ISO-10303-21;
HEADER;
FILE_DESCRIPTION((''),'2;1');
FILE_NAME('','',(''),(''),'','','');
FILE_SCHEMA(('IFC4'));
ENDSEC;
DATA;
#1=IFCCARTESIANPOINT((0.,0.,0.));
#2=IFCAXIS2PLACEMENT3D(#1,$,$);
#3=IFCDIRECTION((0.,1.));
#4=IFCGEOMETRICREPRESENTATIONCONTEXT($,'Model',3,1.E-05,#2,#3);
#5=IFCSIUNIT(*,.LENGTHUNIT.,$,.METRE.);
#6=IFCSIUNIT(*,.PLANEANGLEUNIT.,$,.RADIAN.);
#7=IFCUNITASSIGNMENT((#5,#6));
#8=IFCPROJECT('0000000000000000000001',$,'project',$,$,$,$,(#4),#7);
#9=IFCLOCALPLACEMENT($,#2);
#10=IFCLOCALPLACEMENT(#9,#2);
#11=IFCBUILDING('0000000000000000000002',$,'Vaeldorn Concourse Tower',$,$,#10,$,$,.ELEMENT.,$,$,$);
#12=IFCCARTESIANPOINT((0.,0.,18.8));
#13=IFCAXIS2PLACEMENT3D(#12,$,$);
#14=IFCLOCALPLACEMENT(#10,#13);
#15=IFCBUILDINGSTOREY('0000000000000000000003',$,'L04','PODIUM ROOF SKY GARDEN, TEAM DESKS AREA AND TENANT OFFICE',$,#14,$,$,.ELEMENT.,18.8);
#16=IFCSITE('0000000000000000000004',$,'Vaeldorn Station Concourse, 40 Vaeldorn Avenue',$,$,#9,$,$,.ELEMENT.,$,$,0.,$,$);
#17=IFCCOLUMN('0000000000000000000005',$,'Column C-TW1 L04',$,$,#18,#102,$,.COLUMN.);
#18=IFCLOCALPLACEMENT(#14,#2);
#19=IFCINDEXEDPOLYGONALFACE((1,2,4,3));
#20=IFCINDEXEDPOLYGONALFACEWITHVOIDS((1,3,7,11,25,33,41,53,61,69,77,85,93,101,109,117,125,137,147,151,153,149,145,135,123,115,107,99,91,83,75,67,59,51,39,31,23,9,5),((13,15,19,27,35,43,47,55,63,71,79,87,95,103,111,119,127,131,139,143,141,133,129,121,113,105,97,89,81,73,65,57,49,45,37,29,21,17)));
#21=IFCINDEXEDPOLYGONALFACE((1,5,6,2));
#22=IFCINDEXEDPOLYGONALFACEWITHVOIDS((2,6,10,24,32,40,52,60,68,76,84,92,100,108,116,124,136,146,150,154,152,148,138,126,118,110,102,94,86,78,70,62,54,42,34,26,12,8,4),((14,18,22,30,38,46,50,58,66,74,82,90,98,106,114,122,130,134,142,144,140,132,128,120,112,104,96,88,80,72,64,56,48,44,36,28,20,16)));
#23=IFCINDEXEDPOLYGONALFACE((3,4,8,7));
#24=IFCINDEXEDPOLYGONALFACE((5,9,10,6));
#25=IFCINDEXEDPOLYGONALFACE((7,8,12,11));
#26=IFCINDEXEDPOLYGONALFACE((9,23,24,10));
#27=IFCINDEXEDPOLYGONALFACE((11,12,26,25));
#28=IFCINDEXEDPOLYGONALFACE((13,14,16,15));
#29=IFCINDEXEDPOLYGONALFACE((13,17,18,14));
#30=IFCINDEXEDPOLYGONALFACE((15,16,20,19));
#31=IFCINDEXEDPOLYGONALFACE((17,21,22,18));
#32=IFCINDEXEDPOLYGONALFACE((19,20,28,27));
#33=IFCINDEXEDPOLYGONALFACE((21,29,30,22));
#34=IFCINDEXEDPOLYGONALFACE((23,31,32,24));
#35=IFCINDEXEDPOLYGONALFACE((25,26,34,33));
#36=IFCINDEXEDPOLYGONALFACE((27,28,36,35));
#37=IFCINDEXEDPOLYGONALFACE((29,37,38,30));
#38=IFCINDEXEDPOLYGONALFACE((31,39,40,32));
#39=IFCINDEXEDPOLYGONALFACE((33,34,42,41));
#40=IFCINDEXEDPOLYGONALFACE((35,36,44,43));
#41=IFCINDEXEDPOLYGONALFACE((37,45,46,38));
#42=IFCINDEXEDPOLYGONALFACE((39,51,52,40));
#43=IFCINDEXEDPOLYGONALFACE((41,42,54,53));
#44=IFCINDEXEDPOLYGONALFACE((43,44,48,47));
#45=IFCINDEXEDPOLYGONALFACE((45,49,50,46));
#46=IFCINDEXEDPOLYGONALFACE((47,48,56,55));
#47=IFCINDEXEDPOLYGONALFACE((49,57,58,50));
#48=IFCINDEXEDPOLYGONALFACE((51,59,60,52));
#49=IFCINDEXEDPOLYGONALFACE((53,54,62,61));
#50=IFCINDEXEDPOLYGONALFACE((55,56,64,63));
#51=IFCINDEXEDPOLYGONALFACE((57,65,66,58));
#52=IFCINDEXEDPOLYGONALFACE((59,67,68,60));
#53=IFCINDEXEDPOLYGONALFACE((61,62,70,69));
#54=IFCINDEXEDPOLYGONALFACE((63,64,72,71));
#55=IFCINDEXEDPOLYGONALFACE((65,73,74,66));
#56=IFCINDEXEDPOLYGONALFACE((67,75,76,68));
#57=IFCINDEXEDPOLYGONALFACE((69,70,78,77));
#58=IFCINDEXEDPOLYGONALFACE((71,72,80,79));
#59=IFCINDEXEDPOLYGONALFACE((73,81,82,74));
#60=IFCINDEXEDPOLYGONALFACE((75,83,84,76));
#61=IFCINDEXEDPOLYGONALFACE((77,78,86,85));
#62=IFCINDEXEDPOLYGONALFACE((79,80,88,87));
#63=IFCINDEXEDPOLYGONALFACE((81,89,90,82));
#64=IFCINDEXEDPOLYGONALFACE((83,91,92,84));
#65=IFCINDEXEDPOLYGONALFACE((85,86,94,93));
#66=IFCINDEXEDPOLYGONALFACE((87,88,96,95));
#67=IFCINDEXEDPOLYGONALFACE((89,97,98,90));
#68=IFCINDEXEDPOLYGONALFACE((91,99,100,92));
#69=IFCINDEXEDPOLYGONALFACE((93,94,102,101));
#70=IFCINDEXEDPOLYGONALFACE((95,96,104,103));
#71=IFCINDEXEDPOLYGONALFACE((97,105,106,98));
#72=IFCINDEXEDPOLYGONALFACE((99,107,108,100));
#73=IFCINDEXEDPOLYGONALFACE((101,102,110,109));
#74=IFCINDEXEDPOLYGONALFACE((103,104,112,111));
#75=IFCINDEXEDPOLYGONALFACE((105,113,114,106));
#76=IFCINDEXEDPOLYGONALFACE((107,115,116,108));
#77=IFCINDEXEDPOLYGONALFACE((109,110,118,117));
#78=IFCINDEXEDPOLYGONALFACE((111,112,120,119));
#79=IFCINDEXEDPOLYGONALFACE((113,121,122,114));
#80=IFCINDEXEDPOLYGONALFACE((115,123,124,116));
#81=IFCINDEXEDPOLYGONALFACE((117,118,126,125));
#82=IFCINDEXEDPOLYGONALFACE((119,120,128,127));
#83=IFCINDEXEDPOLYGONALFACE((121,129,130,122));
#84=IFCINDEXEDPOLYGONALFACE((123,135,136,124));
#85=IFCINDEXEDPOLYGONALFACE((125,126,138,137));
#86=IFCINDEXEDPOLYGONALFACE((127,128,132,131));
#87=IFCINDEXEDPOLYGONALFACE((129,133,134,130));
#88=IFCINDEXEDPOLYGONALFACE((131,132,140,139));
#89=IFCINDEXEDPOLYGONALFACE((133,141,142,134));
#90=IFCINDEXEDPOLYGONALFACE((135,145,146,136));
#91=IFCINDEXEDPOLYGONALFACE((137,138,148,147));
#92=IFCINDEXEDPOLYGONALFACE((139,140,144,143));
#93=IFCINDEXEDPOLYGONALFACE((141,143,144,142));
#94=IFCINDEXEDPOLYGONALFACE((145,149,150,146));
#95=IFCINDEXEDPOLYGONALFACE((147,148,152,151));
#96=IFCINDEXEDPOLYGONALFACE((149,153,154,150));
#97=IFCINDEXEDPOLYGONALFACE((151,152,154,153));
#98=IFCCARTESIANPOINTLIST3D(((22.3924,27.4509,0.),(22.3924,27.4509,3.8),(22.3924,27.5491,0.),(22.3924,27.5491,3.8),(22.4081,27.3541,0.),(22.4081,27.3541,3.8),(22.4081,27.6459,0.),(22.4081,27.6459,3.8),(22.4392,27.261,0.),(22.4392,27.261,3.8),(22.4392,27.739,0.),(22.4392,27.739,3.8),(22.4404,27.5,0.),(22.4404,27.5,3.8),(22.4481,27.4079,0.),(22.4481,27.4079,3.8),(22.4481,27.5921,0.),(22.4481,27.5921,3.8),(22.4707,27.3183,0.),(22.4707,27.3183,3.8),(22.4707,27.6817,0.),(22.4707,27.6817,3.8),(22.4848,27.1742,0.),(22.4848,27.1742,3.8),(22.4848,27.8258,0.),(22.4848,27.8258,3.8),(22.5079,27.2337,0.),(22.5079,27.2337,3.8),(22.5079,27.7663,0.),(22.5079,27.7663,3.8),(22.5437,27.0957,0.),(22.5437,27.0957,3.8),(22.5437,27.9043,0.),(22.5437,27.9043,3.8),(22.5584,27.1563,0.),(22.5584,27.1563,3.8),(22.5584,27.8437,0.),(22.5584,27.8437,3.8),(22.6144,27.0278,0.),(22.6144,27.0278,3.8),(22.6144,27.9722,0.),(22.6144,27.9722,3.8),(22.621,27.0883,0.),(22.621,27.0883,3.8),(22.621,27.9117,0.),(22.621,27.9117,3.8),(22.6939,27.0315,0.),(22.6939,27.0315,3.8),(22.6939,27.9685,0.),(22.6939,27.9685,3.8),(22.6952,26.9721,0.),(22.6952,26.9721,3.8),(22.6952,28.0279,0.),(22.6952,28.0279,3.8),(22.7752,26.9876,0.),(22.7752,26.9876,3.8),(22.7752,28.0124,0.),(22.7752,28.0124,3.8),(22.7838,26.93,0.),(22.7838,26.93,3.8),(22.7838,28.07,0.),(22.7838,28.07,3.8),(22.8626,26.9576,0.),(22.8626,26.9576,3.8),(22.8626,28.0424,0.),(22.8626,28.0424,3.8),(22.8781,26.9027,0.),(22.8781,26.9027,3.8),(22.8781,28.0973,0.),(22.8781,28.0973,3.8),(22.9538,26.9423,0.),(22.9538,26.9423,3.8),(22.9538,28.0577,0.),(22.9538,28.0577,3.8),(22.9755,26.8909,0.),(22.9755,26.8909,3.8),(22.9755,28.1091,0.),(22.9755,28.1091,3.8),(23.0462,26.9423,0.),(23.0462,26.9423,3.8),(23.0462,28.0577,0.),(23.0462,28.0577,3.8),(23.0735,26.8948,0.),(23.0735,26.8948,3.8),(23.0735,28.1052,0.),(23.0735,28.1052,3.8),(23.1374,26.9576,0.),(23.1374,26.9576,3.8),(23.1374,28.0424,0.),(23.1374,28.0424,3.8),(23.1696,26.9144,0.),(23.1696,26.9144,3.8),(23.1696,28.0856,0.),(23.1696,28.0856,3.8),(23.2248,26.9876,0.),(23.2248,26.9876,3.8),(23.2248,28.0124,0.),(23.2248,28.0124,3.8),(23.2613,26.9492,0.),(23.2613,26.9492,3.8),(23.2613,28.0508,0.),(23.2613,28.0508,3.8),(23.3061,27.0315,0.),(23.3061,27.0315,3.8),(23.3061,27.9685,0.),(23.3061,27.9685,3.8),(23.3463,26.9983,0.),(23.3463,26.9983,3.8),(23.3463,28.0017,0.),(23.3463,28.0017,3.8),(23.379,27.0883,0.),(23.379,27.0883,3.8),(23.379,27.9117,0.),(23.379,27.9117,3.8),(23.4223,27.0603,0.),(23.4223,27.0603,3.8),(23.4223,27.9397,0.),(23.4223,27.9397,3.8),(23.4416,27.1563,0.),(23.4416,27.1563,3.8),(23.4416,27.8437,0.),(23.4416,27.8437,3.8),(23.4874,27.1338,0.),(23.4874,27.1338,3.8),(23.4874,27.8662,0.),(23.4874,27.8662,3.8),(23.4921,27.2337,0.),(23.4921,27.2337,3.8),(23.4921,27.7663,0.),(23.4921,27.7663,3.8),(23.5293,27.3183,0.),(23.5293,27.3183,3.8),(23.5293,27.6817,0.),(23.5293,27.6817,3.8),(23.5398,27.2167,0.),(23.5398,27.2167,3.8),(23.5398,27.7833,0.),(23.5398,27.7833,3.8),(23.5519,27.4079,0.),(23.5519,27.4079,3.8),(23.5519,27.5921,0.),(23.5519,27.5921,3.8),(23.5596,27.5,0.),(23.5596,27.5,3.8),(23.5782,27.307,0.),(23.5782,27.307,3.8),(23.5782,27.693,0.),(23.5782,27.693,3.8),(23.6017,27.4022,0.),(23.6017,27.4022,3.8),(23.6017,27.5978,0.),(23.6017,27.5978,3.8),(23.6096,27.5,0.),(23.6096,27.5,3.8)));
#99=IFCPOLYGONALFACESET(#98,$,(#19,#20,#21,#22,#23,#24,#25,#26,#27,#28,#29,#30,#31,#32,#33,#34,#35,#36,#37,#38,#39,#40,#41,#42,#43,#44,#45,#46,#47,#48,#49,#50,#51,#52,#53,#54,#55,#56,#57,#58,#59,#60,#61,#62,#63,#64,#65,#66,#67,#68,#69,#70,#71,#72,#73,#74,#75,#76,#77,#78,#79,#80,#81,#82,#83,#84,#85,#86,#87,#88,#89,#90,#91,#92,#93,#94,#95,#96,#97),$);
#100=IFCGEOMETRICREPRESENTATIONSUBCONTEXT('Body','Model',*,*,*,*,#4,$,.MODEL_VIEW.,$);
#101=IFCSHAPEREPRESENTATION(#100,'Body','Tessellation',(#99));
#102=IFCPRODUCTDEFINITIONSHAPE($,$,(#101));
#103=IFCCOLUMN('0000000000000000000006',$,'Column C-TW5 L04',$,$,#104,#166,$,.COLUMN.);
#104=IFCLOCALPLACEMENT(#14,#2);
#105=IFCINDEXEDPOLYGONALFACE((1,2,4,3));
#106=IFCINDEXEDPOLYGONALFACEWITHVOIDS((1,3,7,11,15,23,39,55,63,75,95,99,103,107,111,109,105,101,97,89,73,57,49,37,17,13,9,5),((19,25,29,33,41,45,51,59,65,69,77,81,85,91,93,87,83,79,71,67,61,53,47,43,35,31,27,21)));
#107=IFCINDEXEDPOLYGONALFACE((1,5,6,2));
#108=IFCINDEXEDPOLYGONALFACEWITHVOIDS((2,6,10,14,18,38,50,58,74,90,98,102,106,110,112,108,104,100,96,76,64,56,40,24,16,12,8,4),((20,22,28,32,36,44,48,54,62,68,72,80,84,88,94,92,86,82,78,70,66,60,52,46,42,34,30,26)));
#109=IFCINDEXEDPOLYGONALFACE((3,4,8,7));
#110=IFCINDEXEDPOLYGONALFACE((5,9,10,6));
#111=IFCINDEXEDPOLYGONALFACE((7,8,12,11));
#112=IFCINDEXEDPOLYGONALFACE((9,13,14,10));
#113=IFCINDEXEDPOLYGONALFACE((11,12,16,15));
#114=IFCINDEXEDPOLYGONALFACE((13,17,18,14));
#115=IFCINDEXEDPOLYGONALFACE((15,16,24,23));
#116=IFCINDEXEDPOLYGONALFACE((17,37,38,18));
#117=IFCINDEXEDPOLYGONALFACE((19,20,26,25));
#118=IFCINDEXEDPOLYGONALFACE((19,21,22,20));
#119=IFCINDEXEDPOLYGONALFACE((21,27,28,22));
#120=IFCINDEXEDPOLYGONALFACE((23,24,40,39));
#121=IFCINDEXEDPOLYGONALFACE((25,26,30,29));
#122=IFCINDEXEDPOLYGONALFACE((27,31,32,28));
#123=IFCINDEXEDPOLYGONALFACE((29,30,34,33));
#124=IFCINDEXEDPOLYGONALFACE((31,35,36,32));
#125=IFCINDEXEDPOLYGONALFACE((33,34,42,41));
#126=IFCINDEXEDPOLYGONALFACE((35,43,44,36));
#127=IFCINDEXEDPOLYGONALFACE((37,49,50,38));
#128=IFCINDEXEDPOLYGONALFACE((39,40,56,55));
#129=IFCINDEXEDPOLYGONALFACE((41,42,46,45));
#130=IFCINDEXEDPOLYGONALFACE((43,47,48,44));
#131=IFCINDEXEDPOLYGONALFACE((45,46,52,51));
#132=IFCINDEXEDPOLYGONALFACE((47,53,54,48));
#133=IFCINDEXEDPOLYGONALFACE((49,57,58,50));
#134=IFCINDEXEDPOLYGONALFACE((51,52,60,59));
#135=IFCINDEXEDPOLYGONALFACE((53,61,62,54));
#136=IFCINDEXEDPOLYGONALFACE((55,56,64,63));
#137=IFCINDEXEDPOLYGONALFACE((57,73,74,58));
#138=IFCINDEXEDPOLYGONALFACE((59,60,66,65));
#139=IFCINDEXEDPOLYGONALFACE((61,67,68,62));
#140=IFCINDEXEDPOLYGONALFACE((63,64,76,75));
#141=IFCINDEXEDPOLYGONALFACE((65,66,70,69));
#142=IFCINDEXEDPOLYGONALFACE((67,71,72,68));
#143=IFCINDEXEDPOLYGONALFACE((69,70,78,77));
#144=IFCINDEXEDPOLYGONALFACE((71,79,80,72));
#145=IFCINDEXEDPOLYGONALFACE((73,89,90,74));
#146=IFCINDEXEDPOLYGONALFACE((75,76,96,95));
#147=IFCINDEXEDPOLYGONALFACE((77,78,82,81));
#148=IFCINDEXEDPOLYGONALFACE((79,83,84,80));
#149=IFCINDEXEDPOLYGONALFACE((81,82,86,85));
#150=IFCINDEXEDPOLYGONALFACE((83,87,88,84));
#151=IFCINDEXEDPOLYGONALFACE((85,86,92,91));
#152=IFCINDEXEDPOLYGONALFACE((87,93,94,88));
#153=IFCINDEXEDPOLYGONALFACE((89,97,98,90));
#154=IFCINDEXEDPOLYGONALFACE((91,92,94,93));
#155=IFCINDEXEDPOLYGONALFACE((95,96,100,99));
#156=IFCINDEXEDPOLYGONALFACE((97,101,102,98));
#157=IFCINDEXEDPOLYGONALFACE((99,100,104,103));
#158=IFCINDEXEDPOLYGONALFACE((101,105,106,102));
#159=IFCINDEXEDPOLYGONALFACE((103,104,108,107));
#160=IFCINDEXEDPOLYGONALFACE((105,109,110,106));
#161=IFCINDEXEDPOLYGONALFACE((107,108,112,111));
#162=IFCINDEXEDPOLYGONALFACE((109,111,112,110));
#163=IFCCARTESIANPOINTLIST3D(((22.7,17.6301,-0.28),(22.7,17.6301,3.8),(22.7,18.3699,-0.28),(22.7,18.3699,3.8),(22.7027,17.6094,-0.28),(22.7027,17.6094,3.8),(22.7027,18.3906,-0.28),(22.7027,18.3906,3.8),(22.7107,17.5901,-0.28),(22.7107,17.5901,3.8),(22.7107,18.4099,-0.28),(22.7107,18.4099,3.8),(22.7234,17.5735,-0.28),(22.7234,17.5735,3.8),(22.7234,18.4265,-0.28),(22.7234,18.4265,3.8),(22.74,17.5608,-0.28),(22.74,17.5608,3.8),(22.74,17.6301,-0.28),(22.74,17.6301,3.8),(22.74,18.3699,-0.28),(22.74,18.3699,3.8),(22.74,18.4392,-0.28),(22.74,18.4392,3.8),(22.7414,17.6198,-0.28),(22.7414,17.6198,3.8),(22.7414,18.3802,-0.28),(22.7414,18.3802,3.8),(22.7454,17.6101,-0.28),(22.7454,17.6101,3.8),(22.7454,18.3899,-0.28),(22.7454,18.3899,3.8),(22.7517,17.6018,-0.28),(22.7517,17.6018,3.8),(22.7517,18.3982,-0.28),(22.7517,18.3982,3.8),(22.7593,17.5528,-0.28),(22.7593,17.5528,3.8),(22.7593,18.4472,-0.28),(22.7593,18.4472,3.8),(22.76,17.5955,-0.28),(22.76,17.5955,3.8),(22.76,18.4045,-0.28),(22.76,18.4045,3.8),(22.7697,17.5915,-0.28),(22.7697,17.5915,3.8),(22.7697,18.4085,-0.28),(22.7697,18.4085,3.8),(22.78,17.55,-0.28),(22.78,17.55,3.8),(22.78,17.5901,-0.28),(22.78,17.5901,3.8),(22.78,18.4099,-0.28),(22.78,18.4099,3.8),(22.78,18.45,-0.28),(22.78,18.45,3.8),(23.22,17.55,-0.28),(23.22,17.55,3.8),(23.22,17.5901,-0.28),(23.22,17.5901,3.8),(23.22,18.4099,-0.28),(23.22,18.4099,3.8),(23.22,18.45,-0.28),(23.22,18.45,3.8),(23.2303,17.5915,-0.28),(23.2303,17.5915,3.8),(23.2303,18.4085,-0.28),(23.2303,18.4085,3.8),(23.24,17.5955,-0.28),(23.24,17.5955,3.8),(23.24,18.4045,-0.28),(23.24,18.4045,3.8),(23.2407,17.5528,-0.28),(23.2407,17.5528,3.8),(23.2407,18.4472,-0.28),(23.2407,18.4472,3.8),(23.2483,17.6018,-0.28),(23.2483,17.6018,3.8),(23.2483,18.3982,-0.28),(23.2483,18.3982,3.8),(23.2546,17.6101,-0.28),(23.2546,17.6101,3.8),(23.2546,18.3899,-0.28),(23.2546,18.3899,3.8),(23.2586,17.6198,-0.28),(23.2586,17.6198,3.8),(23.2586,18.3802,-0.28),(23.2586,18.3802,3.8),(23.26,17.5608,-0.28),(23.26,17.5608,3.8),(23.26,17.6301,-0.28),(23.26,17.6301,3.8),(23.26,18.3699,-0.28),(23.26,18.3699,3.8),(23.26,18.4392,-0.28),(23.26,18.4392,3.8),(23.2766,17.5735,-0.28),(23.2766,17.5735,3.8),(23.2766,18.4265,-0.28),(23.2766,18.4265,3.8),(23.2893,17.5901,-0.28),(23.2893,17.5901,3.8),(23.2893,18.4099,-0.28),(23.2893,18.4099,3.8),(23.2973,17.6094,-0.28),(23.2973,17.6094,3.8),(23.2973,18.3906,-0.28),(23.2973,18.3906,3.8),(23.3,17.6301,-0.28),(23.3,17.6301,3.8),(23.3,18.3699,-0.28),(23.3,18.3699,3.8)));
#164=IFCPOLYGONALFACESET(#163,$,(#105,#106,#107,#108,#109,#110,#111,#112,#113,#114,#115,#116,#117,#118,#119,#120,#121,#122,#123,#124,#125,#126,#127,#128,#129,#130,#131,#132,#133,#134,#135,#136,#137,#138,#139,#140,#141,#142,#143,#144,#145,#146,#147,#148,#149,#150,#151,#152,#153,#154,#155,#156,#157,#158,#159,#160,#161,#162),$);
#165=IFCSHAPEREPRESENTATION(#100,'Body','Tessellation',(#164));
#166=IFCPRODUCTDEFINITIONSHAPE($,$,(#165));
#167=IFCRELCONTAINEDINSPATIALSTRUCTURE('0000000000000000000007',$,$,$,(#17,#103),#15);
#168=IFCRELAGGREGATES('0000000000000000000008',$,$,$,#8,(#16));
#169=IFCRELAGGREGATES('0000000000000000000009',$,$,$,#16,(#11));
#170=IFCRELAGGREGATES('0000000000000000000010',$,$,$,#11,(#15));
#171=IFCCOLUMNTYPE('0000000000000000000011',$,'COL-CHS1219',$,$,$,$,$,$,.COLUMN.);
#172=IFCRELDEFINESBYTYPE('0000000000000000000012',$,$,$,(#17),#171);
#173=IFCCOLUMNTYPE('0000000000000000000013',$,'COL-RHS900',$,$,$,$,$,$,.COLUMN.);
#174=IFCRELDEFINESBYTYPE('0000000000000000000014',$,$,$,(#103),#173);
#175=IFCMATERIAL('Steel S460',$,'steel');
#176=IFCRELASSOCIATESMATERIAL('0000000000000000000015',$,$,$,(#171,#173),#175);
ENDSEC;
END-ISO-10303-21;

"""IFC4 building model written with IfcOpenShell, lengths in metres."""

from ifc_helpers import new_model, si_unit, direction, frame, origin, origin_2d, place, context, subcontext, project, spatial, hollow_rectangle, hollow_circle, extrude, source, transform, mapped, material, material_profile, profile_set, type_object, element, save


model = new_model("IFC4")

# Units and contexts
model_context = context("Model", 3, precision=1e-05, world=origin(), true_north=direction((0.0, 1.0)))
body_context = subcontext(model_context, "Body", "Model", "MODEL_VIEW")
ifc_project = project(units=[si_unit("LENGTHUNIT", "METRE"), si_unit("PLANEANGLEUNIT", "RADIAN")], contexts=[model_context])

# Site, building, storey
site_placement = place(None, origin())
site = spatial("IfcSite", under=ifc_project, at=site_placement, Name="Vaeldorn Station Concourse, 40 Vaeldorn Avenue", CompositionType="ELEMENT", RefElevation=0.0)
building_placement = place(site_placement, origin())
building = spatial("IfcBuilding", under=site, at=building_placement, Name="Vaeldorn Concourse Tower", CompositionType="ELEMENT")
storey_placement = place(building_placement, frame((0.0, 0.0, 18.8)))
storey = spatial("IfcBuildingStorey", under=building, at=storey_placement, Name="L04", Description="PODIUM ROOF SKY GARDEN, TEAM DESKS AREA AND TENANT OFFICE", CompositionType="ELEMENT", Elevation=18.8)

# Columns
ifc_material_1 = material(Name="Steel S460", Category="steel")
ifc_material_profile_1 = material_profile(ifc_material_1, hollow_circle(Radius=0.6096, WallThickness=0.05, at=origin_2d()), Name="CHS 1219x50")
ifc_profile_set_1 = profile_set([ifc_material_profile_1], Name="Steel S460")
column_type_1 = type_object("IfcColumnType", Name="COL-CHS1219", PredefinedType="COLUMN", material=ifc_profile_set_1)
shared_shape_1 = source(origin(), body_context, "Body", "SweptSolid", [
    extrude(hollow_circle(Radius=0.6096, WallThickness=0.05, at=origin_2d()), origin(), (0.0, 0.0, 1.0), 3.8),
])
column_1_placement = place(storey_placement, frame((23.0, 27.5, 0.0), z_axis=(0.0, 0.0, 1.0), x_axis=(1.0, 0.0, 0.0)))
element("IfcColumn", 1, at=column_1_placement, inside=storey, type_object=column_type_1, Name="Column C-TW1 L04", PredefinedType="COLUMN", context=body_context, shape_type="MappedRepresentation", body=[
    mapped(shared_shape_1, transform((0.0, 0.0, 0.0), scale=1.0)),
])
ifc_material_profile_2 = material_profile(ifc_material_1, hollow_rectangle(XDim=0.6001, YDim=0.8999, WallThickness=0.04, InnerFilletRadius=0.04, OuterFilletRadius=0.0801, at=origin_2d()), Name="RHS 900x600x40")
ifc_profile_set_2 = profile_set([ifc_material_profile_2], Name="Steel S460")
column_type_2 = type_object("IfcColumnType", Name="COL-RHS900", PredefinedType="COLUMN", material=ifc_profile_set_2)
shared_shape_2 = source(origin(), body_context, "Body", "SweptSolid", [
    extrude(hollow_rectangle(XDim=0.6001, YDim=0.8999, WallThickness=0.04, InnerFilletRadius=0.04, OuterFilletRadius=0.0801, at=origin_2d()), origin(), (0.0, 0.0, 1.0), 4.0801),
])
column_2_placement = place(storey_placement, frame((23.0, 18.0, -0.28), z_axis=(0.0, 0.0, 1.0), x_axis=(1.0, 0.0, 0.0)))
element("IfcColumn", 2, at=column_2_placement, inside=storey, type_object=column_type_2, Name="Column C-TW5 L04", PredefinedType="COLUMN", context=body_context, shape_type="MappedRepresentation", body=[
    mapped(shared_shape_2, transform((0.0, 0.0, 0.0), scale=1.0)),
])

save(model, "model.ifc")
